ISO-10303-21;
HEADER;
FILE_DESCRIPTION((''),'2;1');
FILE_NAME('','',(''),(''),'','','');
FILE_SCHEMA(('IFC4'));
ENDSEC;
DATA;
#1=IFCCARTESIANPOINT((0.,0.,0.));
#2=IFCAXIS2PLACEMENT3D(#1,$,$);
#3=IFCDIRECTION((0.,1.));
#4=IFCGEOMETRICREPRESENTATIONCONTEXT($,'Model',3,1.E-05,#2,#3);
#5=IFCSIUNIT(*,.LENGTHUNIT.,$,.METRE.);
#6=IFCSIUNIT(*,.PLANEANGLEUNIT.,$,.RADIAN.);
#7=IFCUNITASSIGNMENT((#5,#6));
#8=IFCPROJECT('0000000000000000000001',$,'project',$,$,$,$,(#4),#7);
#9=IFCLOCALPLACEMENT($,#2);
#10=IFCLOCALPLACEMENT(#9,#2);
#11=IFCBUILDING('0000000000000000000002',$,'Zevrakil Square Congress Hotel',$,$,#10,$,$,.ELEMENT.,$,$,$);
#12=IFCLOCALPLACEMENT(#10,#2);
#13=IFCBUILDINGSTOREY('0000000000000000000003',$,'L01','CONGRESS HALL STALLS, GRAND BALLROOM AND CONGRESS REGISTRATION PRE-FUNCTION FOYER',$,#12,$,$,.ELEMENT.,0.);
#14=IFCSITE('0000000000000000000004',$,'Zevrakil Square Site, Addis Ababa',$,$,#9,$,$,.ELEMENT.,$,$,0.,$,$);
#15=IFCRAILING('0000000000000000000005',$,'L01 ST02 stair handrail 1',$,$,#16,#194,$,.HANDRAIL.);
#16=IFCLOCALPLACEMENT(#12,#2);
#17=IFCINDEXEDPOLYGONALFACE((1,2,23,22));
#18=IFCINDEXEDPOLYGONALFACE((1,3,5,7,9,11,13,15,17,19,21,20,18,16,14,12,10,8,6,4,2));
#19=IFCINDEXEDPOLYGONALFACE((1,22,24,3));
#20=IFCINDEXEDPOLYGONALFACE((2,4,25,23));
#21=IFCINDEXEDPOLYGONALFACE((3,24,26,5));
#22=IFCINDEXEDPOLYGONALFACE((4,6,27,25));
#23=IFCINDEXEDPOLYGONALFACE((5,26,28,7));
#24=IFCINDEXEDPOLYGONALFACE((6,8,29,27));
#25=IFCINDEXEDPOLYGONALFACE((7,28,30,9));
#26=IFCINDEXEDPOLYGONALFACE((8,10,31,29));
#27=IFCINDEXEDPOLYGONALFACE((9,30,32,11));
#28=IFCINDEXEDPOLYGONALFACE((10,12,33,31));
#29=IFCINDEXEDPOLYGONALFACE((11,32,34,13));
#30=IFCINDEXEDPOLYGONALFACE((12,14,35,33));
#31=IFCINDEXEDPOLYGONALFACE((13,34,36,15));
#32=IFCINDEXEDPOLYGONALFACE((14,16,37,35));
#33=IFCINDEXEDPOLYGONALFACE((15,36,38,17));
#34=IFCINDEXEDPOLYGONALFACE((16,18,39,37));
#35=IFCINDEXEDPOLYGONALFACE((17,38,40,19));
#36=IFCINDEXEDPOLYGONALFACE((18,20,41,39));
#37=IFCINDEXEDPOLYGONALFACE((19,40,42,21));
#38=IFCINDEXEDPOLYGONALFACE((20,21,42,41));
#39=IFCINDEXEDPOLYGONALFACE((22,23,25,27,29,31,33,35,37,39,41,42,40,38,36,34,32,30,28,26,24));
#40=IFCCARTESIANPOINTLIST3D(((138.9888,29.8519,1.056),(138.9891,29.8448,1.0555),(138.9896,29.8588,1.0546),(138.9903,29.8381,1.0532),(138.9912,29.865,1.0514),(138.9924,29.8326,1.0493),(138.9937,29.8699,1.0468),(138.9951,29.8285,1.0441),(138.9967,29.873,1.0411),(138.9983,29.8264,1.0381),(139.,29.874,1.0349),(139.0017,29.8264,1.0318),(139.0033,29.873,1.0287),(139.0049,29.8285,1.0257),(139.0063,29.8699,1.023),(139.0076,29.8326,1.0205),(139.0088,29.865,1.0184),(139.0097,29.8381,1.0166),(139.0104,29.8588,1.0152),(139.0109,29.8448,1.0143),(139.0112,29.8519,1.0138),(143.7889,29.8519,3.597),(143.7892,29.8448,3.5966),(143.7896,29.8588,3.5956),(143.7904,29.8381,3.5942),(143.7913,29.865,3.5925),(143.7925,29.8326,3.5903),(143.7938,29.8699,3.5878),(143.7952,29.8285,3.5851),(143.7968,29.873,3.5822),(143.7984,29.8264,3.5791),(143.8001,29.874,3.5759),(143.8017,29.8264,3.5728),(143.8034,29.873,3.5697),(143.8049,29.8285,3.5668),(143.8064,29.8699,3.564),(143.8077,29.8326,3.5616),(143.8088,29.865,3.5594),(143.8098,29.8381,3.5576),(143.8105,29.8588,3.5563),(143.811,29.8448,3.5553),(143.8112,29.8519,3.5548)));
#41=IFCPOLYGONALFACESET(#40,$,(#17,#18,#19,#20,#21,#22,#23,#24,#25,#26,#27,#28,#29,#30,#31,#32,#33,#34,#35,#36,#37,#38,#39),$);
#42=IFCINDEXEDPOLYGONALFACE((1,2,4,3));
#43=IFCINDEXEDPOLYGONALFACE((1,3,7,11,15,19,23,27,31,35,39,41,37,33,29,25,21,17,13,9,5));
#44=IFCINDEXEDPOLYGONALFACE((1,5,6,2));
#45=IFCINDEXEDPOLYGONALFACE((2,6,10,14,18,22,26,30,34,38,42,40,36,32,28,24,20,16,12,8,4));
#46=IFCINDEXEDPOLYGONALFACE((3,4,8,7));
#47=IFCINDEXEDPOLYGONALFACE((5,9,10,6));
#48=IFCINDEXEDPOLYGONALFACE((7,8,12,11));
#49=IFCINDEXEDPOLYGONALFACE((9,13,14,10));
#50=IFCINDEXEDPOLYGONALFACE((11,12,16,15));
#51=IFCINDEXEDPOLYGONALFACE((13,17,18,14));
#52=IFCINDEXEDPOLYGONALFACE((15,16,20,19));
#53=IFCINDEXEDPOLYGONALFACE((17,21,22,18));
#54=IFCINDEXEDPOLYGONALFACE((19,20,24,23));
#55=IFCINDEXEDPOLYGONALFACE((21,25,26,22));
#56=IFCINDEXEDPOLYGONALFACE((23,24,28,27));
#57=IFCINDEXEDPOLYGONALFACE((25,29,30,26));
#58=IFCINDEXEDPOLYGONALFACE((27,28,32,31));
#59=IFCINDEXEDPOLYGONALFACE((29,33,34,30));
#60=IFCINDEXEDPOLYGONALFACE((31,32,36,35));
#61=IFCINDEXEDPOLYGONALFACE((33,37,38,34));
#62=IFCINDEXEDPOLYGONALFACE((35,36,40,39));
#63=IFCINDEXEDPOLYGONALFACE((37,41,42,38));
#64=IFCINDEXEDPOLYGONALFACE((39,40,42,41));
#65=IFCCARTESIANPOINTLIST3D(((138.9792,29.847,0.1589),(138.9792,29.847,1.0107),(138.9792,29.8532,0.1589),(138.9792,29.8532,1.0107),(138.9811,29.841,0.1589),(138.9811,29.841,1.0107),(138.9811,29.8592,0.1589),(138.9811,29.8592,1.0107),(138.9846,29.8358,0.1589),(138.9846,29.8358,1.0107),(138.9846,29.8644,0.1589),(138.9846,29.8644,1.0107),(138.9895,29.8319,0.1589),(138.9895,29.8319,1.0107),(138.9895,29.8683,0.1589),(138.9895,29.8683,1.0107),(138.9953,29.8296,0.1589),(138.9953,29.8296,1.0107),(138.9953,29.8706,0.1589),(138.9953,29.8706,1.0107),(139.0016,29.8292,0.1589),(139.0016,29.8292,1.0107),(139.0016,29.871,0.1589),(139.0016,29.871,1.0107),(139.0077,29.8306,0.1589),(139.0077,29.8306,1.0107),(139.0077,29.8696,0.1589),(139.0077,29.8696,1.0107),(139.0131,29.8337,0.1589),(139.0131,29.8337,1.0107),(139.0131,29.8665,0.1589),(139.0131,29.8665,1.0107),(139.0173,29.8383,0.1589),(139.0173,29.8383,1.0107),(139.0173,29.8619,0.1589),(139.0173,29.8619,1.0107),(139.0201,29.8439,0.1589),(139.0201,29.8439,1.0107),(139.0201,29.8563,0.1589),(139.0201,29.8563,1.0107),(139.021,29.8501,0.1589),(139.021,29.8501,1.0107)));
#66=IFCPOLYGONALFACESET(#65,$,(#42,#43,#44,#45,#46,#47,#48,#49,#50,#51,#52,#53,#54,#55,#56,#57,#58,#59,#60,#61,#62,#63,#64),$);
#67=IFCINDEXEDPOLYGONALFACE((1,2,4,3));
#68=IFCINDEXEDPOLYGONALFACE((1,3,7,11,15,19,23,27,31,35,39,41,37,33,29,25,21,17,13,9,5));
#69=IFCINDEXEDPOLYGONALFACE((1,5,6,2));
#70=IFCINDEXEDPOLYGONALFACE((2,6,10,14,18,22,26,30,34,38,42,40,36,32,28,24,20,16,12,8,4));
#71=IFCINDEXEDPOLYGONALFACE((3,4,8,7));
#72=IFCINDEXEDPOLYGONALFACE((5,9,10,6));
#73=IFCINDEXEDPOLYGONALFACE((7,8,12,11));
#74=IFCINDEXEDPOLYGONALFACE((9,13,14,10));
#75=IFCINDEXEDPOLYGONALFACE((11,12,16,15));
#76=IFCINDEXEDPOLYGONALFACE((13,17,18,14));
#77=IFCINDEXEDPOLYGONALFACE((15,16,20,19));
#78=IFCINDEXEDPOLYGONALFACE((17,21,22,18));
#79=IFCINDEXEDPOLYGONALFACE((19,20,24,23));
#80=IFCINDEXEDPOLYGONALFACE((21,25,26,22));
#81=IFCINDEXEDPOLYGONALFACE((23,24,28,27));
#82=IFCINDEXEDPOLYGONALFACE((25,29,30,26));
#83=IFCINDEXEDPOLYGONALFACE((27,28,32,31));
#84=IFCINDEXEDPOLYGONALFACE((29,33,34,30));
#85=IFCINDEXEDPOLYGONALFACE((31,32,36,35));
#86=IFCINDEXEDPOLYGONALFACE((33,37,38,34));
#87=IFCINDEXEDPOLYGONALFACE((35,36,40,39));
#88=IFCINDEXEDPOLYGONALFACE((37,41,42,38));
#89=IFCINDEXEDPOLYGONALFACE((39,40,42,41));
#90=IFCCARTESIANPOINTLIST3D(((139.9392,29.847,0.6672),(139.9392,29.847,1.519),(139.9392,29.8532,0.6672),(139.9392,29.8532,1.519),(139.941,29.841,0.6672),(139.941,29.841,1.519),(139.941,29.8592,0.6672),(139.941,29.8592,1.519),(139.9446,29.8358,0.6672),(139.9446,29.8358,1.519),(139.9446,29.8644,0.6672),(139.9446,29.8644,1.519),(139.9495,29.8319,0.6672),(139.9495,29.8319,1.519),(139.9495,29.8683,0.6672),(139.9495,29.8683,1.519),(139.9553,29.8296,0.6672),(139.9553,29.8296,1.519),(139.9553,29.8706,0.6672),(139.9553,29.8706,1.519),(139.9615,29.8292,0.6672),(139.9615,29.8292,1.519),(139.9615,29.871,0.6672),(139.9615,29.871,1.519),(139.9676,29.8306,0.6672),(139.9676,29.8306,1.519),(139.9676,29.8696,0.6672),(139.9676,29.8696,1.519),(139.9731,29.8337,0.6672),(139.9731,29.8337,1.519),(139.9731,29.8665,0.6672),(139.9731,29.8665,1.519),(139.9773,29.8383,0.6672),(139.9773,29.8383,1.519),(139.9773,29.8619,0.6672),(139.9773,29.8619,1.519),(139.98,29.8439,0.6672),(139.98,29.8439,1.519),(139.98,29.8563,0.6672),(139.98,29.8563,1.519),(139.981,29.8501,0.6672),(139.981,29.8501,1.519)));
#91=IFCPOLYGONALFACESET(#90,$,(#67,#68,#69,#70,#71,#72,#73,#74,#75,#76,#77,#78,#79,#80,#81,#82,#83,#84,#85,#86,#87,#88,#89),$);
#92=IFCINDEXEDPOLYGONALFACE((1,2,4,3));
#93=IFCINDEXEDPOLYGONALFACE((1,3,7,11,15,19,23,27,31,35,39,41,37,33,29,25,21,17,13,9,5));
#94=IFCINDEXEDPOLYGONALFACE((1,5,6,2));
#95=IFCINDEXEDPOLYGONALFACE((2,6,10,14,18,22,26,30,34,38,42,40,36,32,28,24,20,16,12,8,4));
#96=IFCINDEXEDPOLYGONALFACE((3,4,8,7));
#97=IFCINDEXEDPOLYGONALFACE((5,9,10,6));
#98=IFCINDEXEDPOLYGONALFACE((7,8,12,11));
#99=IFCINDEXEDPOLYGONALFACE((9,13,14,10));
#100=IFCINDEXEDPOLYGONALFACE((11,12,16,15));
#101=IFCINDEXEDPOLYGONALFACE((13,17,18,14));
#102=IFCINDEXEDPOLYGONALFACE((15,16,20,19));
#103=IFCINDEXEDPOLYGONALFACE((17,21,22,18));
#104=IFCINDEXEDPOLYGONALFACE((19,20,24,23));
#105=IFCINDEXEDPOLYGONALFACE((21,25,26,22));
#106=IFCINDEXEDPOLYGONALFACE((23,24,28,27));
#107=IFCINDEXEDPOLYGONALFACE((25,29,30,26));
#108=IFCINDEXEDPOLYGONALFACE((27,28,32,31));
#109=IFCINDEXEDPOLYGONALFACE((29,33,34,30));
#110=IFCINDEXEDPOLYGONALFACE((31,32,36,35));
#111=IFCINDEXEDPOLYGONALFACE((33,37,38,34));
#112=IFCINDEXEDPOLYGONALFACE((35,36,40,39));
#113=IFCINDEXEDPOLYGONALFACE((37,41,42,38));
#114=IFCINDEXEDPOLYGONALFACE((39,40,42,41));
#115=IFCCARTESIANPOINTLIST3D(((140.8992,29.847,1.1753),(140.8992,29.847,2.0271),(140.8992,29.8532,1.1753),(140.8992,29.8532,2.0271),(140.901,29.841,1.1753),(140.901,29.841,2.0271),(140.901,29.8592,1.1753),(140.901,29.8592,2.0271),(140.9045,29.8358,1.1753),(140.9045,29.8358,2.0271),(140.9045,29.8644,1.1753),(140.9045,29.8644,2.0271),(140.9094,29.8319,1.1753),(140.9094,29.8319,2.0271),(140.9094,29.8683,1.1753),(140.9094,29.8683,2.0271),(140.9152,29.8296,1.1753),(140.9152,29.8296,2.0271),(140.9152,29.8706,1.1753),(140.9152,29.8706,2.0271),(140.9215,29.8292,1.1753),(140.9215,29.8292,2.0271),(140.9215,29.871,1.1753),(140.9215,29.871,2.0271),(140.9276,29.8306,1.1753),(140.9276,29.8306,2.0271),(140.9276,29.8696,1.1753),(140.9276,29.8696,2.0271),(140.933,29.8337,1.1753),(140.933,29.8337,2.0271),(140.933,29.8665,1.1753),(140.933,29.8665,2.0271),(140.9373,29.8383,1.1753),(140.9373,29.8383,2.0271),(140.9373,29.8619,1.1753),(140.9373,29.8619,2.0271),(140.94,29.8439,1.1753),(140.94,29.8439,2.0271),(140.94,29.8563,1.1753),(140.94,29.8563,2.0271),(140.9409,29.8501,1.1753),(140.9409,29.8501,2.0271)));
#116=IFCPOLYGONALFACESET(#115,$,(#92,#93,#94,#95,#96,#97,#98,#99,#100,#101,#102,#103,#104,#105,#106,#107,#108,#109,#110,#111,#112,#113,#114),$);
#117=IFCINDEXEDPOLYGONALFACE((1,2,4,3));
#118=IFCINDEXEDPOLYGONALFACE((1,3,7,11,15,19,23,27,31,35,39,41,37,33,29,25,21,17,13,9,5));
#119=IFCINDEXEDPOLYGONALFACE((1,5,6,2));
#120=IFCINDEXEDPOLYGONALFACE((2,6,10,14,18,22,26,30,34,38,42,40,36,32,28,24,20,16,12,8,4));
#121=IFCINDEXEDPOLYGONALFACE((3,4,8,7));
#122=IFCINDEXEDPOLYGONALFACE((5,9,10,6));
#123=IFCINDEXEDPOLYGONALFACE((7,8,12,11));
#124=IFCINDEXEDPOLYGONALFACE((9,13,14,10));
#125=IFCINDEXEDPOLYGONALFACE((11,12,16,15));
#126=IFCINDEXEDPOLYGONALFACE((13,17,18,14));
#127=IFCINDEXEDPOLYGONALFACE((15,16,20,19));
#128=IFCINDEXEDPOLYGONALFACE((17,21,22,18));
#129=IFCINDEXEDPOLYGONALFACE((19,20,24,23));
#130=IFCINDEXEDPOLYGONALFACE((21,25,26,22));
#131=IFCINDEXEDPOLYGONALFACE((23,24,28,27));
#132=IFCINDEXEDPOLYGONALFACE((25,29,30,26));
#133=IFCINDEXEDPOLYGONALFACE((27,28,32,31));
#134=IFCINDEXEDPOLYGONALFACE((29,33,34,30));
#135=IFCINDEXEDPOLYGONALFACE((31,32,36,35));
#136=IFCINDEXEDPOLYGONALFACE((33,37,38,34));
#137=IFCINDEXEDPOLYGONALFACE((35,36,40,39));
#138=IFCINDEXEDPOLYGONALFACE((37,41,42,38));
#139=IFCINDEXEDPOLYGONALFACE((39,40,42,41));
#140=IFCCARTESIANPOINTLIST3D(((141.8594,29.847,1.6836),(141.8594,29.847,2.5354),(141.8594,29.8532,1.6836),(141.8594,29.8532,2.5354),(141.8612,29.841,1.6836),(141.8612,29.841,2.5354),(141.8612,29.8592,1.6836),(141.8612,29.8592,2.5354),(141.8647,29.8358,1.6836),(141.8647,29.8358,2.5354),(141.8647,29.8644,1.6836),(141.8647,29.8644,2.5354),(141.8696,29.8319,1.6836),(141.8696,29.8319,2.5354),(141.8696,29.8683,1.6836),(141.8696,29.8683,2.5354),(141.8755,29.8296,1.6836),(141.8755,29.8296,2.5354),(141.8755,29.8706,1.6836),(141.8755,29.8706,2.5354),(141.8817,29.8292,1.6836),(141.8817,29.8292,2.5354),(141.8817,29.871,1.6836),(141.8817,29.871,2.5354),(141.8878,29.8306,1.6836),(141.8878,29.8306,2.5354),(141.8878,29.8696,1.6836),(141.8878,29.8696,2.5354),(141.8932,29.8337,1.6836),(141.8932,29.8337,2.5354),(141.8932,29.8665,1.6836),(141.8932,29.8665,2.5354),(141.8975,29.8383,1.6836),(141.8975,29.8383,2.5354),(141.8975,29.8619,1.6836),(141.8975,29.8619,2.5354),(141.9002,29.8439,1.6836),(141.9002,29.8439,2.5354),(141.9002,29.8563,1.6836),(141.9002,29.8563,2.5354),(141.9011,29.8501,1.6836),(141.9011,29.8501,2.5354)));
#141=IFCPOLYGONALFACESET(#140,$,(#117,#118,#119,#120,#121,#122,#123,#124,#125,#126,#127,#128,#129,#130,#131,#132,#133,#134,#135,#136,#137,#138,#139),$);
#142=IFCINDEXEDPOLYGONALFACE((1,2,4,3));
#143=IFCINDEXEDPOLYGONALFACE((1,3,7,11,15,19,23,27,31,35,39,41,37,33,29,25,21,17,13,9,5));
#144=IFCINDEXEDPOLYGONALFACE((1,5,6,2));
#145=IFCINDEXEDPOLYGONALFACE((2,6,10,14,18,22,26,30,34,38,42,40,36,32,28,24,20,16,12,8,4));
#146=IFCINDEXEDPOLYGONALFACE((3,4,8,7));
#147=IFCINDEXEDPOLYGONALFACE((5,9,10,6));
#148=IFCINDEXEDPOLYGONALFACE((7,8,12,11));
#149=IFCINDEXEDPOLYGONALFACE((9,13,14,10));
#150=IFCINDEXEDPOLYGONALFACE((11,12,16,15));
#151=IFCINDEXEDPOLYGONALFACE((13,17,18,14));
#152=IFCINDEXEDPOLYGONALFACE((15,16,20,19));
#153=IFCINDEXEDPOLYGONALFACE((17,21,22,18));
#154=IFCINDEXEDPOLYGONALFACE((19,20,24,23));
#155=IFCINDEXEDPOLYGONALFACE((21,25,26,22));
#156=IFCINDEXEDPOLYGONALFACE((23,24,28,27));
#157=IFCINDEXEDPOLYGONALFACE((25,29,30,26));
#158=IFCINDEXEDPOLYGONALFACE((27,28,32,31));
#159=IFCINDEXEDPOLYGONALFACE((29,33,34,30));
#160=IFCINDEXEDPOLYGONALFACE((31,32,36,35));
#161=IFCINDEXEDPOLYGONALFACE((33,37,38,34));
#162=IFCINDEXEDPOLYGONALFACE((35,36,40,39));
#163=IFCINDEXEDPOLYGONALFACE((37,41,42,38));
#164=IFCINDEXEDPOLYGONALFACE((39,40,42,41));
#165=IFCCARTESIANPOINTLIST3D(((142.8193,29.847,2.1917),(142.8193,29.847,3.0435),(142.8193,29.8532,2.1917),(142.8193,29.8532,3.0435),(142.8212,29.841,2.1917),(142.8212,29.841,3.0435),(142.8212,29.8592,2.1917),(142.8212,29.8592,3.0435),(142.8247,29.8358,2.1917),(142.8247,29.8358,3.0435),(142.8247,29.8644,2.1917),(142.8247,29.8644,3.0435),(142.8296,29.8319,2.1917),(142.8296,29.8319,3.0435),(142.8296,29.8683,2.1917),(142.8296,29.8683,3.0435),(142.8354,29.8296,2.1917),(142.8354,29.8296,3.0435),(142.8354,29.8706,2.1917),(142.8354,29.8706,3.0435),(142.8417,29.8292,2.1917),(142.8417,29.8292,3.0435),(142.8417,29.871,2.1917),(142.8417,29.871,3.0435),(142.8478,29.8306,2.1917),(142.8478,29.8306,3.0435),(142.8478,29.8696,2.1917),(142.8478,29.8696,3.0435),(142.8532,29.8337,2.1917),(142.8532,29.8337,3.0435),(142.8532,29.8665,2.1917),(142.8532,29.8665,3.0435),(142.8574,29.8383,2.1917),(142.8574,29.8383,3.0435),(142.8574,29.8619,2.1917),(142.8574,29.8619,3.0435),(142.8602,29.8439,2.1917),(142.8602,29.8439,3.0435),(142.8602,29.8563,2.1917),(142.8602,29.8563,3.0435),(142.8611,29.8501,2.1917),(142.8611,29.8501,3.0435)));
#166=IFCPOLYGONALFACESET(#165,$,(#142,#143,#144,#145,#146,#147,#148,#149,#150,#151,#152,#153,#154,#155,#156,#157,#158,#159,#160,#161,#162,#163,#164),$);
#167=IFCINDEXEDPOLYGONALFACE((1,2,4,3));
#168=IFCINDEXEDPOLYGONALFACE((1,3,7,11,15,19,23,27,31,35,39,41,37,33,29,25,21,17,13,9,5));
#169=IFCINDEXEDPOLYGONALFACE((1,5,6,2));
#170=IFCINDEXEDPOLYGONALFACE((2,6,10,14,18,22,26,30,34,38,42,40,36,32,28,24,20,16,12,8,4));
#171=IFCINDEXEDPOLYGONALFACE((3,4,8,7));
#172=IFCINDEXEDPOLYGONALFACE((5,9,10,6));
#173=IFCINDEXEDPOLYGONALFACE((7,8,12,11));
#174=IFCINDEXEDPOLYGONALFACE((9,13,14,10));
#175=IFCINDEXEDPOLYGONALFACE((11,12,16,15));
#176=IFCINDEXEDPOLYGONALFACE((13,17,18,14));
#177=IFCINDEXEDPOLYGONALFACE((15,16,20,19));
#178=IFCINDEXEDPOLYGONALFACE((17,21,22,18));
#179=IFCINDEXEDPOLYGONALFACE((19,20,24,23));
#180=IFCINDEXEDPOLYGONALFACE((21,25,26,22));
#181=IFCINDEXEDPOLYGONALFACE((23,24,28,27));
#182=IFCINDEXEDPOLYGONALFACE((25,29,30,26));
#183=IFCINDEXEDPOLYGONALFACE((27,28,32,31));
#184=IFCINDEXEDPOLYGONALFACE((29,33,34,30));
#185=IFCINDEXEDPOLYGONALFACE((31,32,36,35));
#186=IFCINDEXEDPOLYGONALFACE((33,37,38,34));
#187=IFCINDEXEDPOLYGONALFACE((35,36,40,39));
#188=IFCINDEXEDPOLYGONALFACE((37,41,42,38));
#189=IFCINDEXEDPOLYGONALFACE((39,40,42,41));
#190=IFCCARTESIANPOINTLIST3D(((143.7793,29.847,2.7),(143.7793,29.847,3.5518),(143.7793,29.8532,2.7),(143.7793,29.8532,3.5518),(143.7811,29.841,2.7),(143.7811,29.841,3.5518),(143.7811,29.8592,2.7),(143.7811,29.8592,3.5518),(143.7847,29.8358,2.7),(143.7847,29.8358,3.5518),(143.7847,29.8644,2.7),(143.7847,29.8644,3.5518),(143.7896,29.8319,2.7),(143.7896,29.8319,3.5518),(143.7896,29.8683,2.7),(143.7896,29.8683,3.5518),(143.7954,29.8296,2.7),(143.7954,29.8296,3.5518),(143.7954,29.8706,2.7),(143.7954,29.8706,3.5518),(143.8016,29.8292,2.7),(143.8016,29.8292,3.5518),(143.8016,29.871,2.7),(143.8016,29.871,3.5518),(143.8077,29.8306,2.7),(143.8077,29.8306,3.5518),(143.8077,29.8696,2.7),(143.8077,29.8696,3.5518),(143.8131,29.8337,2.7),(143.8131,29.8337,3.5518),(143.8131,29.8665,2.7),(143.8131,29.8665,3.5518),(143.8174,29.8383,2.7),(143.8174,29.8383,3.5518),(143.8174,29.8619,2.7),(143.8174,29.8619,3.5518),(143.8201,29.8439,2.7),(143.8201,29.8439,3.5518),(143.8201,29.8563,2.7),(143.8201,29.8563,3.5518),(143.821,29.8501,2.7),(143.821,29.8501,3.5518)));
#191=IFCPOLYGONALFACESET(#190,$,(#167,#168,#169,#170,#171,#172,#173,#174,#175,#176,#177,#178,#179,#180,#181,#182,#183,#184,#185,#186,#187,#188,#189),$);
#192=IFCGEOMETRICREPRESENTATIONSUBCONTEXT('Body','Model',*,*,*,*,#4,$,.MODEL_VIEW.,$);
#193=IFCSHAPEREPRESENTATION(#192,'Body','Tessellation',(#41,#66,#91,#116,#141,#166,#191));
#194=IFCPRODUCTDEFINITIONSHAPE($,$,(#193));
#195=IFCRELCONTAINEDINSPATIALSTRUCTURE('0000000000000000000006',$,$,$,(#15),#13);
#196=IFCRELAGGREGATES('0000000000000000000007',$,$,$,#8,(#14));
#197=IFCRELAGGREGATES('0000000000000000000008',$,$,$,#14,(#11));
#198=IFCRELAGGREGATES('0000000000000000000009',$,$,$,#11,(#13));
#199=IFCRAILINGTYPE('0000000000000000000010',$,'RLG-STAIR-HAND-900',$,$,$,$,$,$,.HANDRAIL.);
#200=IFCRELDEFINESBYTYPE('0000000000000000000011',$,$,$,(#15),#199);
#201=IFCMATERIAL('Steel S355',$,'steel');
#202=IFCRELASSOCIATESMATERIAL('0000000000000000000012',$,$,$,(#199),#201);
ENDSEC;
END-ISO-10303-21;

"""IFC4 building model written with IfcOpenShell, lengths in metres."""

from ifc_helpers import new_model, si_unit, direction, frame, origin, origin_2d, place, context, subcontext, project, spatial, circle, extrude, material, type_object, element, save


model = new_model("IFC4")

# Units and contexts
model_context = context("Model", 3, precision=1e-05, world=origin(), true_north=direction((0.0, 1.0)))
body_context = subcontext(model_context, "Body", "Model", "MODEL_VIEW")
ifc_project = project(units=[si_unit("LENGTHUNIT", "METRE"), si_unit("PLANEANGLEUNIT", "RADIAN")], contexts=[model_context])

# Site, building, storey
site_placement = place(None, origin())
site = spatial("IfcSite", under=ifc_project, at=site_placement, Name="Zevrakil Square Site, Addis Ababa", CompositionType="ELEMENT", RefElevation=0.0)
building_placement = place(site_placement, origin())
building = spatial("IfcBuilding", under=site, at=building_placement, Name="Zevrakil Square Congress Hotel", CompositionType="ELEMENT")
storey_placement = place(building_placement, origin())
storey = spatial("IfcBuildingStorey", under=building, at=storey_placement, Name="L01", Description="CONGRESS HALL STALLS, GRAND BALLROOM AND CONGRESS REGISTRATION PRE-FUNCTION FOYER", CompositionType="ELEMENT", Elevation=0.0)

# Railing
ifc_material_1 = material(Name="Steel S355", Category="steel")
railing_type_1 = type_object("IfcRailingType", Name="RLG-STAIR-HAND-900", PredefinedType="HANDRAIL", material=ifc_material_1)
railing_1_placement = place(storey_placement, frame((139.0, 29.8501, 0.1589)))
element("IfcRailing", 1, at=railing_1_placement, inside=storey, type_object=railing_type_1, Name="L01 ST02 stair handrail 1", PredefinedType="HANDRAIL", context=body_context, shape_type="SweptSolid", body=[
    extrude(circle(Radius=0.0239, at=origin_2d()), frame((0.0, 0.0, 0.876), z_axis=(0.883802, 0.0, 0.467861), x_axis=(0.0, 1.0, 0.0)), (0.0, 0.0, 1.0), 5.4312),
    extrude(circle(Radius=0.021, at=origin_2d()), origin(), (0.0, 0.0, 1.0), 0.8518),
    extrude(circle(Radius=0.021, at=origin_2d()), frame((0.96, 0.0, 0.5083)), (0.0, 0.0, 1.0), 0.8518),
    extrude(circle(Radius=0.021, at=origin_2d()), frame((1.9199, 0.0, 1.0164)), (0.0, 0.0, 1.0), 0.8518),
    extrude(circle(Radius=0.021, at=origin_2d()), frame((2.8801, 0.0, 1.5247)), (0.0, 0.0, 1.0), 0.8518),
    extrude(circle(Radius=0.021, at=origin_2d()), frame((3.8401, 0.0, 2.0327)), (0.0, 0.0, 1.0), 0.8518),
    extrude(circle(Radius=0.021, at=origin_2d()), frame((4.8, 0.0, 2.541)), (0.0, 0.0, 1.0), 0.8518),
])

save(model, "model.ifc")
